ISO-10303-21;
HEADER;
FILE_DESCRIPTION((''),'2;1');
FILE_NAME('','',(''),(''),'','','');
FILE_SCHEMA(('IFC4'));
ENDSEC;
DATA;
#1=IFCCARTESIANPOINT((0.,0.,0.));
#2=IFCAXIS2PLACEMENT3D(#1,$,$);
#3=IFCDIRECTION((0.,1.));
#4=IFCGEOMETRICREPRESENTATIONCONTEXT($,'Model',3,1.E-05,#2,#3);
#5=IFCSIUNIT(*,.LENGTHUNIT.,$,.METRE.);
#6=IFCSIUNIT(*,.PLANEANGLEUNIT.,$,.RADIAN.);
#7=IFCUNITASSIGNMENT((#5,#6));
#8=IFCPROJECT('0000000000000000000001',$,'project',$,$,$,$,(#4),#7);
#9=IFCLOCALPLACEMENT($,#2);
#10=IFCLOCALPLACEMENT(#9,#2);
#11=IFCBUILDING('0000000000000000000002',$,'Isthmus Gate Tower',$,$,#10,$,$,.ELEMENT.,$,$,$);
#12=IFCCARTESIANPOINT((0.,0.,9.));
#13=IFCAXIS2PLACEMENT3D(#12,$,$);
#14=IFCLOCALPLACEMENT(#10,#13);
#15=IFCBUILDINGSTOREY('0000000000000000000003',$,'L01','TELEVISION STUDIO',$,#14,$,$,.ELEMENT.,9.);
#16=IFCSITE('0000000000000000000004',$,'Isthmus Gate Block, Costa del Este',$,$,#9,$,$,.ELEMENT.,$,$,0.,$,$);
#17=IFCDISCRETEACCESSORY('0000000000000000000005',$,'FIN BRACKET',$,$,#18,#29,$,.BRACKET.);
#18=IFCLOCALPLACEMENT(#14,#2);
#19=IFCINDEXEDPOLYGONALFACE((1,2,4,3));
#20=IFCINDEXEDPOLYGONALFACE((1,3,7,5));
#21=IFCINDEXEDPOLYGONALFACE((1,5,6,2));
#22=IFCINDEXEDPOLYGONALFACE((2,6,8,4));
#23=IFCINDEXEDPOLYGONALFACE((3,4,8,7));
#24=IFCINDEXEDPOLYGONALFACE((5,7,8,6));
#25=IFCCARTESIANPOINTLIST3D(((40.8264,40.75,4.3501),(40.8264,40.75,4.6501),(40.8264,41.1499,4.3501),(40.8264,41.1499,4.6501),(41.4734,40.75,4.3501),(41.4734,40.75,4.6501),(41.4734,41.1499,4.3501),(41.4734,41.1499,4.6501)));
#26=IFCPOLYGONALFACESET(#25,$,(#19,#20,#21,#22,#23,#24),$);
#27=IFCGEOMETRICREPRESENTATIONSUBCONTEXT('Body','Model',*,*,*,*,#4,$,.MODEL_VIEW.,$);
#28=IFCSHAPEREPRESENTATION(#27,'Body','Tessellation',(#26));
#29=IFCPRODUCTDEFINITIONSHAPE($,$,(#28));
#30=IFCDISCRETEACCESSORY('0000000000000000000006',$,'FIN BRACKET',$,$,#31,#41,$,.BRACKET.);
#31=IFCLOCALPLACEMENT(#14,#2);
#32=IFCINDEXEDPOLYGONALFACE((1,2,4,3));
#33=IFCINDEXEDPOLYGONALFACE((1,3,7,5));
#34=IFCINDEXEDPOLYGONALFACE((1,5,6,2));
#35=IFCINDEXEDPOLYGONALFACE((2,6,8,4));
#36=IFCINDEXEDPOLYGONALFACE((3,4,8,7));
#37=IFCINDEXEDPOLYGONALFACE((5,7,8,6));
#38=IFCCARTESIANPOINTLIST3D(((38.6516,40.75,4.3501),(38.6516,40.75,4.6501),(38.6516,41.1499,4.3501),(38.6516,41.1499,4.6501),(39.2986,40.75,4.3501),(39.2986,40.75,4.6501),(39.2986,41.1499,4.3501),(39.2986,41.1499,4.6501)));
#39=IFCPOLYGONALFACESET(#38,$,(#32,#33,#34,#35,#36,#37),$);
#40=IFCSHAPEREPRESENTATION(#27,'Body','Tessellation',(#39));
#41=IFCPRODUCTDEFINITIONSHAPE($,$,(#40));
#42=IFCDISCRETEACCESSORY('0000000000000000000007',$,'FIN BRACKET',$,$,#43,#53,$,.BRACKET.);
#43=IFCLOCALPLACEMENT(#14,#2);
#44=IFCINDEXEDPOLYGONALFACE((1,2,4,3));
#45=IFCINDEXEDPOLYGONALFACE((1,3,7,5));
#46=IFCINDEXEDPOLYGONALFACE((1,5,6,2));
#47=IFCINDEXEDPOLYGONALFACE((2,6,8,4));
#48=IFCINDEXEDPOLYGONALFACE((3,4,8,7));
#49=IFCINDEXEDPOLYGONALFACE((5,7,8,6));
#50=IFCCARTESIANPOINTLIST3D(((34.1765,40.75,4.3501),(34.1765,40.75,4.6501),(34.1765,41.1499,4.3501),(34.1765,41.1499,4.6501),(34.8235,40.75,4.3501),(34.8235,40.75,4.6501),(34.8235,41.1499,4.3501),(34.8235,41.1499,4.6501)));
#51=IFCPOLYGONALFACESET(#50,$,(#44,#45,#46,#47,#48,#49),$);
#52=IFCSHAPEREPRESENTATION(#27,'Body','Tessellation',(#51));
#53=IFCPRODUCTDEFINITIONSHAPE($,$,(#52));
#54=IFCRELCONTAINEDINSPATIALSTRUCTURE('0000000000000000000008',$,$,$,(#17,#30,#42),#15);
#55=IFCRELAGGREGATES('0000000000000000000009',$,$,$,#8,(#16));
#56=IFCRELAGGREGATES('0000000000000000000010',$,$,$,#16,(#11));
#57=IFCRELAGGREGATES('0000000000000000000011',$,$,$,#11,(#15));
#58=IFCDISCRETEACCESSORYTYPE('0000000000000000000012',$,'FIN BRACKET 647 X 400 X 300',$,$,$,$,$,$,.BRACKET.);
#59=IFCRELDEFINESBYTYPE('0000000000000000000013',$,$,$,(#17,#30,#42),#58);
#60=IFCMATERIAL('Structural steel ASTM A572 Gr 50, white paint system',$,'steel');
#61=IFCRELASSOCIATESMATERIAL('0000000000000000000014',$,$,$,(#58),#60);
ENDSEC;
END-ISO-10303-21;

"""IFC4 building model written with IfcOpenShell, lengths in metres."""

from ifc_helpers import new_model, si_unit, direction, frame, origin, origin_2d, place, context, subcontext, project, spatial, rectangle, extrude, material, type_object, element, save


model = new_model("IFC4")

# Units and contexts
model_context = context("Model", 3, precision=1e-05, world=origin(), true_north=direction((0.0, 1.0)))
body_context = subcontext(model_context, "Body", "Model", "MODEL_VIEW")
ifc_project = project(units=[si_unit("LENGTHUNIT", "METRE"), si_unit("PLANEANGLEUNIT", "RADIAN")], contexts=[model_context])

# Site, building, storey
site_placement = place(None, origin())
site = spatial("IfcSite", under=ifc_project, at=site_placement, Name="Isthmus Gate Block, Costa del Este", CompositionType="ELEMENT", RefElevation=0.0)
building_placement = place(site_placement, origin())
building = spatial("IfcBuilding", under=site, at=building_placement, Name="Isthmus Gate Tower", CompositionType="ELEMENT")
storey_placement = place(building_placement, frame((0.0, 0.0, 9.0)))
storey = spatial("IfcBuildingStorey", under=building, at=storey_placement, Name="L01", Description="TELEVISION STUDIO", CompositionType="ELEMENT", Elevation=9.0)

# Discrete accessories
ifc_material_1 = material(Name="Structural steel ASTM A572 Gr 50, white paint system", Category="steel")
discrete_accessory_type_1 = type_object("IfcDiscreteAccessoryType", Name="FIN BRACKET 647 X 400 X 300", PredefinedType="BRACKET", material=ifc_material_1)
for number, where, z_axis, x_axis, name in (
    (1, (41.1499, 40.95, 4.3501), (0.0, 0.0, 1.0), (0.0, 1.0, 0.0), "FIN BRACKET"),
    (2, (38.9751, 40.95, 4.3501), (0.0, 0.0, 1.0), (0.0, 1.0, 0.0), "FIN BRACKET"),
    (3, (34.5, 40.95, 4.3501), (0.0, 0.0, 1.0), (0.0, 1.0, 0.0), "FIN BRACKET"),
):
    element("IfcDiscreteAccessory", number, at=place(storey_placement, frame(where, z_axis=z_axis, x_axis=x_axis)), inside=storey, type_object=discrete_accessory_type_1, Name=name, PredefinedType="BRACKET", context=body_context, shape_type="SweptSolid", body=[
        extrude(rectangle(XDim=0.3999, YDim=0.647, at=origin_2d()), origin(), (0.0, 0.0, 1.0), 0.3),
    ])

save(model, "model.ifc")
